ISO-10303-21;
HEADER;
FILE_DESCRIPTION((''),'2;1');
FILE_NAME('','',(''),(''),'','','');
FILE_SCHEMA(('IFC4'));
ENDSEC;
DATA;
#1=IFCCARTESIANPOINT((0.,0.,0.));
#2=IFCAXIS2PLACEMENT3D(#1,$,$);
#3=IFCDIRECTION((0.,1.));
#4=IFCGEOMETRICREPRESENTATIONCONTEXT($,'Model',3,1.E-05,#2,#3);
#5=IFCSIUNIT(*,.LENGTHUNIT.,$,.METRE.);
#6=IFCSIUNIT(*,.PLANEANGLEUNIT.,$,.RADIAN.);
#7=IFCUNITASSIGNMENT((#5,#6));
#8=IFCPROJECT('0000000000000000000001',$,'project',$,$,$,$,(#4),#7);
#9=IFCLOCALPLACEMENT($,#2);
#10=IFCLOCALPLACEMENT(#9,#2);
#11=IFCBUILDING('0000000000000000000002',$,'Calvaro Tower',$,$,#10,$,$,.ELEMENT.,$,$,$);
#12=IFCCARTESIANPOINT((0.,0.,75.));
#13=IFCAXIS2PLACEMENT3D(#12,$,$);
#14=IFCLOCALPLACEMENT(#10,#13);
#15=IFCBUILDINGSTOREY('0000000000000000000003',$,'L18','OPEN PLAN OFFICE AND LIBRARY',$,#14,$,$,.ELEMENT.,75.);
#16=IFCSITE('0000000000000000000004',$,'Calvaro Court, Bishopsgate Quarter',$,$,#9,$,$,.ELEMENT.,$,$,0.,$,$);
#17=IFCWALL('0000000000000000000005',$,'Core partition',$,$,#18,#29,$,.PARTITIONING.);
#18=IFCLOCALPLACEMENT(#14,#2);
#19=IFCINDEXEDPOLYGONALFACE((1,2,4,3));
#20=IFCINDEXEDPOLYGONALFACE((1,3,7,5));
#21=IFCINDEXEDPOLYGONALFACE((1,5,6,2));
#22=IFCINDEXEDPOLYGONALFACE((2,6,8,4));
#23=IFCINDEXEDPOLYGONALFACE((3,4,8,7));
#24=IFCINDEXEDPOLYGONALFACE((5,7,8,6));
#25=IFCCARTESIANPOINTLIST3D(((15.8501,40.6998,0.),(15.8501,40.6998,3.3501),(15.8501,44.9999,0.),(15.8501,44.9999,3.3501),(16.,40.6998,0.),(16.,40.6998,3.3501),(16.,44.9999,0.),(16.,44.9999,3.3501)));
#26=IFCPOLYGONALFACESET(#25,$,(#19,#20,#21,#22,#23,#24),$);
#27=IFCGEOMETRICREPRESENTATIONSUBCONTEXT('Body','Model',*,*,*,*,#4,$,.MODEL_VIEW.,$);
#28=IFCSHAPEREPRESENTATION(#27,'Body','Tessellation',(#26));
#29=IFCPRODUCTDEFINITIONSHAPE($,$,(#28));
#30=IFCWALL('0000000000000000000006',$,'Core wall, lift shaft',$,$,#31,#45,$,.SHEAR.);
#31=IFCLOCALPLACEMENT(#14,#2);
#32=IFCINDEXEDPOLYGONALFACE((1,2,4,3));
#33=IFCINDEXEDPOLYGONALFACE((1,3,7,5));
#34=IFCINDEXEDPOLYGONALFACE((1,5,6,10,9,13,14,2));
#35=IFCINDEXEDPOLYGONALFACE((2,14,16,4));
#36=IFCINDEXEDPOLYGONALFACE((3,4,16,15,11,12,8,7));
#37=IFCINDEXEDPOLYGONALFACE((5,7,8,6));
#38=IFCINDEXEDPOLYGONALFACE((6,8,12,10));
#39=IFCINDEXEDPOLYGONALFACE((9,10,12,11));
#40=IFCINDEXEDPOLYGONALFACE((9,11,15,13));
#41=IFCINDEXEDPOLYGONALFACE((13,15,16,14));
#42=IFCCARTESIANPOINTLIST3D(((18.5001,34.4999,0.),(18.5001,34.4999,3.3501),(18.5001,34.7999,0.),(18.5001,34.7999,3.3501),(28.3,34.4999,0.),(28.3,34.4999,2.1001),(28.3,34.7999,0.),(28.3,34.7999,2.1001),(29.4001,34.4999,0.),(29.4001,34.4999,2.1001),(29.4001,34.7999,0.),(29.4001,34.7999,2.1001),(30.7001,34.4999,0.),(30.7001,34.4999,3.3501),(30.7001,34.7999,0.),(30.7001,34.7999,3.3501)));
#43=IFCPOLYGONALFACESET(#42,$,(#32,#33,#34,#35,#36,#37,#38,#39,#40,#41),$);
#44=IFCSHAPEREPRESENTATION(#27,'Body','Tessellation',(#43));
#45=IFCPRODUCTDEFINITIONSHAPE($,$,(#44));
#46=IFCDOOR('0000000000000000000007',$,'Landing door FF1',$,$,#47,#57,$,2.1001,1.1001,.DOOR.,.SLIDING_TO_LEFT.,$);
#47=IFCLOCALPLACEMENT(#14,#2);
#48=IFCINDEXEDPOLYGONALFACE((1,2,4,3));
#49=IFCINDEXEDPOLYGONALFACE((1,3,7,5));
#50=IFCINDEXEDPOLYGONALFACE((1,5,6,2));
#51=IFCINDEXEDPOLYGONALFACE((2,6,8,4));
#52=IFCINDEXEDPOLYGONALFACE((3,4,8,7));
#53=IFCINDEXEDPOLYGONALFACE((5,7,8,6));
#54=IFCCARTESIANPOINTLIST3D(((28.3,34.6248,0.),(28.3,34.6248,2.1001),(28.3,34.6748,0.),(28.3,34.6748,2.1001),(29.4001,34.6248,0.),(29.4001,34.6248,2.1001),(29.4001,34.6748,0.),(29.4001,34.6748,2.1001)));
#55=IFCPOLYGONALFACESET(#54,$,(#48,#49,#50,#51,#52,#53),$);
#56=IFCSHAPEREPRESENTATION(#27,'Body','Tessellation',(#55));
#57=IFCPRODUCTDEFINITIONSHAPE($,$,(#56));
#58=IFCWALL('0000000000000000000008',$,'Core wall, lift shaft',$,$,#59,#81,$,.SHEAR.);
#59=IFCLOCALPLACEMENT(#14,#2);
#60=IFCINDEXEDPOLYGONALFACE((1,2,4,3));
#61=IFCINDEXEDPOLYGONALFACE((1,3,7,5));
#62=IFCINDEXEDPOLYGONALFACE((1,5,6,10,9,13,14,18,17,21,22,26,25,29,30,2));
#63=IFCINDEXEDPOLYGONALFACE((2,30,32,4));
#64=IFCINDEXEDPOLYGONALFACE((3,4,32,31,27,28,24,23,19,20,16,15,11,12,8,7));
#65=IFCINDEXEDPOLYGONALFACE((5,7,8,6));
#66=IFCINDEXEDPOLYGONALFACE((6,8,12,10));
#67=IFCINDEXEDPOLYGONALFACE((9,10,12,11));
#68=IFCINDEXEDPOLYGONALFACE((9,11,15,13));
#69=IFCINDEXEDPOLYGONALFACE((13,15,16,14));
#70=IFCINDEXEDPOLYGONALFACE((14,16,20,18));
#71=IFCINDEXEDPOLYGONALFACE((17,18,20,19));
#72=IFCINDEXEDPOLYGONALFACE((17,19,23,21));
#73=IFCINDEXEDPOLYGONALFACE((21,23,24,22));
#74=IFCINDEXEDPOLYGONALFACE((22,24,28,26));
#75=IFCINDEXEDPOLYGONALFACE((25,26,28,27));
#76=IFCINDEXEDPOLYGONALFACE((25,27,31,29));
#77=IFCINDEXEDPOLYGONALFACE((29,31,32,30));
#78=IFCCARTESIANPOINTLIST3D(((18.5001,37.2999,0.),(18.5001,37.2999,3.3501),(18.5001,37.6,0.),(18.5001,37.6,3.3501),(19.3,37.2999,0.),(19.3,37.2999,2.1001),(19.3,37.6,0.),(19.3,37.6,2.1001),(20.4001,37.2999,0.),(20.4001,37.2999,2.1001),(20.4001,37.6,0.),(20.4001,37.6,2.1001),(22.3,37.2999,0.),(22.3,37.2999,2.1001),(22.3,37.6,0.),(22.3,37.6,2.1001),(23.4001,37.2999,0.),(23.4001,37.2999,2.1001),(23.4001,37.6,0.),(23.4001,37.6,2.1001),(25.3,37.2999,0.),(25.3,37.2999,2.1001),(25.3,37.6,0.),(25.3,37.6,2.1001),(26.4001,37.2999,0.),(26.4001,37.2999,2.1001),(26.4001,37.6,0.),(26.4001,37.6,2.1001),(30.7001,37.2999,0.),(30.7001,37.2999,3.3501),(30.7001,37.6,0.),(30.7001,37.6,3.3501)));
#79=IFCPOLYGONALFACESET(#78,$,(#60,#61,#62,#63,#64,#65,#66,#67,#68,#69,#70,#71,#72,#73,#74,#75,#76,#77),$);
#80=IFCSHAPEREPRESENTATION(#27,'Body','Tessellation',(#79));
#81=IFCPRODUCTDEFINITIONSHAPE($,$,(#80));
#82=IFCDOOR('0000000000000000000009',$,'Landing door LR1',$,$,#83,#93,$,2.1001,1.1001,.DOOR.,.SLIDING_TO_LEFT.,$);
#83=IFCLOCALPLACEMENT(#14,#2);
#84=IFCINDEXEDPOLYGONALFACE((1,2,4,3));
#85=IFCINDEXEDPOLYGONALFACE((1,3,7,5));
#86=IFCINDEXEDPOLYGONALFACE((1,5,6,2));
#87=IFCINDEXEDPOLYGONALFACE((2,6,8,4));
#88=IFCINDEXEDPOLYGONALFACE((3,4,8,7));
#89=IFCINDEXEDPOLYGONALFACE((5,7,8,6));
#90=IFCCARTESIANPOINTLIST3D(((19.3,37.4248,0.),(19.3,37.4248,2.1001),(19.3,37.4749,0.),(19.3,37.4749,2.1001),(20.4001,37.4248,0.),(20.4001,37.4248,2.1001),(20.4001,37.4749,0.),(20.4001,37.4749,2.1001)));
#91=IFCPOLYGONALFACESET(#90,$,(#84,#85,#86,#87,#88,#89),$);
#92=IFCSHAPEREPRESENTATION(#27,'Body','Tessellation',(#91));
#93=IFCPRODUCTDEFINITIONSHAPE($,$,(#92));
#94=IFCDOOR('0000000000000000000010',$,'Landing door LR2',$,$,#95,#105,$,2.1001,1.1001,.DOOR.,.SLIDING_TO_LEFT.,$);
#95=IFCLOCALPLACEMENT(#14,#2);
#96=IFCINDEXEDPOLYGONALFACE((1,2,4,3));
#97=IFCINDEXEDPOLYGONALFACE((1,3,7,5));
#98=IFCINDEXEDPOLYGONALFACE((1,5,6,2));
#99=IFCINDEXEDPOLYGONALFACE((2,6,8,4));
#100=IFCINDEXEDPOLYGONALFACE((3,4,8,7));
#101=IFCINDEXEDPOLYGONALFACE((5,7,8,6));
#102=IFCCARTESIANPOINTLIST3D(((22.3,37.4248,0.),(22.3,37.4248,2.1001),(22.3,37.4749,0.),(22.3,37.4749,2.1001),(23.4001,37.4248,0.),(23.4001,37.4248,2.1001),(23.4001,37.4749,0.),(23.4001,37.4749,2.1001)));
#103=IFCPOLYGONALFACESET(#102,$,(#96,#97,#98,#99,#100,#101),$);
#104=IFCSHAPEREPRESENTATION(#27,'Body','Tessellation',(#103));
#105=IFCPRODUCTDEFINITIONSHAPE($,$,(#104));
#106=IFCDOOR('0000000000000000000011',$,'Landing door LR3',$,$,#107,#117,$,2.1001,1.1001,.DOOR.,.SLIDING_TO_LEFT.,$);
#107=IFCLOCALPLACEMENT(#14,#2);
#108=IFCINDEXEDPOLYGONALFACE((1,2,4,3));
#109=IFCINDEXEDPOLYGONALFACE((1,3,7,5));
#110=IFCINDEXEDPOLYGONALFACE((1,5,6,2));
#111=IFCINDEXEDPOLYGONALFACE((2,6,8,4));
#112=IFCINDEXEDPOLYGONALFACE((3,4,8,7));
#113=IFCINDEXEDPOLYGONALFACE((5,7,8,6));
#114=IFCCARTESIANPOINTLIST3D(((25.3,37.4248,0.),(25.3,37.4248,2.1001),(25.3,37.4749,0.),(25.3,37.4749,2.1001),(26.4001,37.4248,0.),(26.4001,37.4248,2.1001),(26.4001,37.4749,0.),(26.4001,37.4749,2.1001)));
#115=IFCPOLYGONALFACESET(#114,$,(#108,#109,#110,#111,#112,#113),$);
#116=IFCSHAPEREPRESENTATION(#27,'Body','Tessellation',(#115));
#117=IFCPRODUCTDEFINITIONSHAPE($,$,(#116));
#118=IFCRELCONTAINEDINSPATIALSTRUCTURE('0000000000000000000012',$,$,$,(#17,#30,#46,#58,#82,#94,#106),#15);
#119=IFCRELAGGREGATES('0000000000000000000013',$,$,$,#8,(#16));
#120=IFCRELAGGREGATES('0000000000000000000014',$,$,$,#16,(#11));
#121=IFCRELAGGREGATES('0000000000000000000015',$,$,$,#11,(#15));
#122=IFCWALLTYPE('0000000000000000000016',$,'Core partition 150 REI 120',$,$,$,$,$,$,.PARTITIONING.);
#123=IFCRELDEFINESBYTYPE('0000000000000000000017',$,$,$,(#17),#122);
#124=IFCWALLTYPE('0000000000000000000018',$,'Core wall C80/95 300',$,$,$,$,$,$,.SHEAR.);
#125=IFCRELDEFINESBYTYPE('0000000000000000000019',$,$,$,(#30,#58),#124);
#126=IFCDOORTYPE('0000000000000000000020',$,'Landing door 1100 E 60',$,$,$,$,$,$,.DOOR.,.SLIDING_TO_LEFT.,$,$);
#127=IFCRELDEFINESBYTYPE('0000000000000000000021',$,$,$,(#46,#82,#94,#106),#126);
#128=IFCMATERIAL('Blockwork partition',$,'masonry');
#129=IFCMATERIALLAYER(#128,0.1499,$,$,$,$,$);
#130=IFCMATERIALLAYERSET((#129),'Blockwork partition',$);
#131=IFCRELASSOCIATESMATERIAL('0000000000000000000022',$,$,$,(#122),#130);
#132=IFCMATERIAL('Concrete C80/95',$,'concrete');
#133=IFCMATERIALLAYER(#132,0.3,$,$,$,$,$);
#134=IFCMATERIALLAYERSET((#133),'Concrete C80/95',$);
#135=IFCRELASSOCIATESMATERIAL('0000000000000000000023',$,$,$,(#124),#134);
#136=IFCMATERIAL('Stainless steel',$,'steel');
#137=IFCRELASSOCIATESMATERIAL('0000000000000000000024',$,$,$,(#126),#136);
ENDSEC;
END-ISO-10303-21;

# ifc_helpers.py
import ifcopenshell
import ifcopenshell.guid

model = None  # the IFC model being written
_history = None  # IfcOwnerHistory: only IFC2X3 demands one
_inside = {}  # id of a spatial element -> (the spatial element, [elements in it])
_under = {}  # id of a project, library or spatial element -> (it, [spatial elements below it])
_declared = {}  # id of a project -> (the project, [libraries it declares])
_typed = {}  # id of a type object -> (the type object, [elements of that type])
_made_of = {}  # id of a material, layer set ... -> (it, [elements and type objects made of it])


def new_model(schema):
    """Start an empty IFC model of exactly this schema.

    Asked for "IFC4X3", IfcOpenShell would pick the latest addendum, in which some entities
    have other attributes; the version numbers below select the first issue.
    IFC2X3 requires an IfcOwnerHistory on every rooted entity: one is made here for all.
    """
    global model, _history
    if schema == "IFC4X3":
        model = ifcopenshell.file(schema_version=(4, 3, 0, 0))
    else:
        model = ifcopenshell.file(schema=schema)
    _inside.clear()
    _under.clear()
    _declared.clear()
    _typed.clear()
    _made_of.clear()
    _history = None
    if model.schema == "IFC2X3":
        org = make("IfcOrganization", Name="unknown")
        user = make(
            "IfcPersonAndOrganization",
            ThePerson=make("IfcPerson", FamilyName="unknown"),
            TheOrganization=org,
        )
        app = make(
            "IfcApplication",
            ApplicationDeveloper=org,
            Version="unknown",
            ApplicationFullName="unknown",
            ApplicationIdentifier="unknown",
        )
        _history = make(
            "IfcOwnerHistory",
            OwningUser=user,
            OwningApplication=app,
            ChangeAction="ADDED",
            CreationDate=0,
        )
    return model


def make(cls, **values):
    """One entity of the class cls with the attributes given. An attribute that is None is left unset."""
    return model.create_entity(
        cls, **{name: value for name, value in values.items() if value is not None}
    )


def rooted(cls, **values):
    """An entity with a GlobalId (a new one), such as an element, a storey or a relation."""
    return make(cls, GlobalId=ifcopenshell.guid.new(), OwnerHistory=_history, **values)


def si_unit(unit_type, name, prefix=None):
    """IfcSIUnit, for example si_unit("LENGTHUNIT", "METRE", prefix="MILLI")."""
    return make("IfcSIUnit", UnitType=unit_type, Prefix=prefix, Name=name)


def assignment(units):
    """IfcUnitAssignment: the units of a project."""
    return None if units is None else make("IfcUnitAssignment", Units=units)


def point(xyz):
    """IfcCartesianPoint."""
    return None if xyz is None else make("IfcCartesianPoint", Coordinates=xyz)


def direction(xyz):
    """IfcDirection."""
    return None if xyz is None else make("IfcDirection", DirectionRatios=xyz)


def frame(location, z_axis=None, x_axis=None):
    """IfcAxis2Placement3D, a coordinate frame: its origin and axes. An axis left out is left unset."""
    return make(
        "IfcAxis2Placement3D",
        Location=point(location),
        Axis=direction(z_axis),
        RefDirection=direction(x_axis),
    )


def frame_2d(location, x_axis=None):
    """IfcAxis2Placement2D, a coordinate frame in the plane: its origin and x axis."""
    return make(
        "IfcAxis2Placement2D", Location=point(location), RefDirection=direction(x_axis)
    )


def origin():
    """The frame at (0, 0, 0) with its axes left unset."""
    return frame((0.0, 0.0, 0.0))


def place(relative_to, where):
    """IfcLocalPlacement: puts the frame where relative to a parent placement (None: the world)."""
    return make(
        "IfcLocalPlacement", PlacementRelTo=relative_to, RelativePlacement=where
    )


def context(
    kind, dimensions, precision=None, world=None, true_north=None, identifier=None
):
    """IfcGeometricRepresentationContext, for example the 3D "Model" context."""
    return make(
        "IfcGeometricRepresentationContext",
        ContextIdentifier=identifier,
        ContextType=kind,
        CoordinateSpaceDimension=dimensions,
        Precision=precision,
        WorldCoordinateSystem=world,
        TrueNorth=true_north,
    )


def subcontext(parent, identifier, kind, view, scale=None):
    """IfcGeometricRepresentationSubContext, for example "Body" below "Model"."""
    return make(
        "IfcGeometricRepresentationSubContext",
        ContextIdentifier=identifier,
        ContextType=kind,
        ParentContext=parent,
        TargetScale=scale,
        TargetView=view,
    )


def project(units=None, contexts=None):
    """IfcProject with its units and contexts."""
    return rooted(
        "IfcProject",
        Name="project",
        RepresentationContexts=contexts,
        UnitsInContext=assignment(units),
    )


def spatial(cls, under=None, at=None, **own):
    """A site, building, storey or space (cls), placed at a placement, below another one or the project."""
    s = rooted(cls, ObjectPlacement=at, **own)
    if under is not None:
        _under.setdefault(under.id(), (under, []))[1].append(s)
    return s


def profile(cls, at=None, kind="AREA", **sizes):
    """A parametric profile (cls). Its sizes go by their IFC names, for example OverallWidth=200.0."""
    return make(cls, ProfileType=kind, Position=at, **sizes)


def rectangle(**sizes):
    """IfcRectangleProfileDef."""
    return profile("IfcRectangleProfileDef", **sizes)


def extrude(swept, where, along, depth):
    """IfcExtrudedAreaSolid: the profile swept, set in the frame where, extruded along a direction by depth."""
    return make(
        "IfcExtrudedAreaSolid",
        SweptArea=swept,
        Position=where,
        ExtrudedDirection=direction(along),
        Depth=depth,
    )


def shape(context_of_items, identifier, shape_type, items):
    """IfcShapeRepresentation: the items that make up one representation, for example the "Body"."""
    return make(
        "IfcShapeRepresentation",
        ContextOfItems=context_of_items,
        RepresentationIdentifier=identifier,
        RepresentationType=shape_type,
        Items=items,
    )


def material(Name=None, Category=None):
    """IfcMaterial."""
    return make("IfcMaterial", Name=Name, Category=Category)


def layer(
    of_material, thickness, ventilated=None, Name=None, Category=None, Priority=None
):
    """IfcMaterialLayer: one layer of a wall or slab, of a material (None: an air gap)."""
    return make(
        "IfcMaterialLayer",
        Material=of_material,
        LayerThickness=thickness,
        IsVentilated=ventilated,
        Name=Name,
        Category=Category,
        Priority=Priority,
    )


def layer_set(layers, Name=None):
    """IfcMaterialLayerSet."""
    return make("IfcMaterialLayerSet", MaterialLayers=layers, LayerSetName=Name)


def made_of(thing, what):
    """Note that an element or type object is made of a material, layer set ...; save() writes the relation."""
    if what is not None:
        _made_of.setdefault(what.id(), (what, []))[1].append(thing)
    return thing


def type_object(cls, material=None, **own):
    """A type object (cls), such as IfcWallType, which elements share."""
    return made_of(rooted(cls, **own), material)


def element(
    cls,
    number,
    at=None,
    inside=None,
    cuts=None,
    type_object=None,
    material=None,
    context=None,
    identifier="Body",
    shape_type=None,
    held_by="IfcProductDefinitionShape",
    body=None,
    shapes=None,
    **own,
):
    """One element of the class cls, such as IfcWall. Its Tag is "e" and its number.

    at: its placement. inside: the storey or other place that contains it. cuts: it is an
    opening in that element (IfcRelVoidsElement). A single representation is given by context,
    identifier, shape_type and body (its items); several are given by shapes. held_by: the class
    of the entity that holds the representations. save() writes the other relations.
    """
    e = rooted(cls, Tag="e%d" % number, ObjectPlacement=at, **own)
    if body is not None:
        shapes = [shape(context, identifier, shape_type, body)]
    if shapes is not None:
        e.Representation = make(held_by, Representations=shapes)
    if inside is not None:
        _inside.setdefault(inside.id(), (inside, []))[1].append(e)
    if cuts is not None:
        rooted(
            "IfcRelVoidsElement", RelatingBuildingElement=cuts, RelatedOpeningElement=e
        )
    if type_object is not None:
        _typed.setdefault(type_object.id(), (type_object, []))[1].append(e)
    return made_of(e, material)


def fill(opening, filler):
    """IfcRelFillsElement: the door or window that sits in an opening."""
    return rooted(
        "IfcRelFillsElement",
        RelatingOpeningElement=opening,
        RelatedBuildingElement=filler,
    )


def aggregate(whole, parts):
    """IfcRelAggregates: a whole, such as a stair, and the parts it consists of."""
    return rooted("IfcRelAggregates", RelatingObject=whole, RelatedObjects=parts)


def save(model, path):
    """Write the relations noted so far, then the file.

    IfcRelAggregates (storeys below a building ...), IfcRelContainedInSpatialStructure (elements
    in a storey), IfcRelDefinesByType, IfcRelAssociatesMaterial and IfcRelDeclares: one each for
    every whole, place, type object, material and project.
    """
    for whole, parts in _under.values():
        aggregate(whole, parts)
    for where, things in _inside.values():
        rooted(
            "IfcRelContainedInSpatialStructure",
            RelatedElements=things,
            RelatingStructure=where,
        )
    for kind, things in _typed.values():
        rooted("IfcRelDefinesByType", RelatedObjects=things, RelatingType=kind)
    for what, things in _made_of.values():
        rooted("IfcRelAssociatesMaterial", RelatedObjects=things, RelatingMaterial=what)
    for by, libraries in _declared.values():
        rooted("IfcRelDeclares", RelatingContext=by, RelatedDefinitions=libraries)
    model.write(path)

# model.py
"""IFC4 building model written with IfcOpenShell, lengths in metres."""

from ifc_helpers import new_model, si_unit, direction, frame, frame_2d, origin, place, context, subcontext, project, spatial, rectangle, extrude, material, layer, layer_set, type_object, element, fill, save


model = new_model("IFC4")

# Units and contexts
model_context = context("Model", 3, precision=1e-05, world=origin(), true_north=direction((0.0, 1.0)))
body_context = subcontext(model_context, "Body", "Model", "MODEL_VIEW")
ifc_project = project(units=[si_unit("LENGTHUNIT", "METRE"), si_unit("PLANEANGLEUNIT", "RADIAN")], contexts=[model_context])

# Site, building, storey
site_placement = place(None, origin())
site = spatial("IfcSite", under=ifc_project, at=site_placement, Name="Calvaro Court, Bishopsgate Quarter", CompositionType="ELEMENT", RefElevation=0.0)
building_placement = place(site_placement, origin())
building = spatial("IfcBuilding", under=site, at=building_placement, Name="Calvaro Tower", CompositionType="ELEMENT")
storey_placement = place(building_placement, frame((0.0, 0.0, 75.0)))
storey = spatial("IfcBuildingStorey", under=building, at=storey_placement, Name="L18", Description="OPEN PLAN OFFICE AND LIBRARY", CompositionType="ELEMENT", Elevation=75.0)

# Wall
ifc_material_1 = material(Name="Blockwork partition", Category="masonry")
ifc_layer_1 = layer(ifc_material_1, 0.1499)
ifc_layer_set_1 = layer_set([ifc_layer_1], Name="Blockwork partition")
wall_type_1 = type_object("IfcWallType", Name="Core partition 150 REI 120", PredefinedType="PARTITIONING", material=ifc_layer_set_1)
wall_1_placement = place(storey_placement, frame((15.925, 40.7, 0.0), z_axis=(0.0, 0.0, 1.0), x_axis=(0.0, 1.0, 0.0)))
element("IfcWall", 1, at=wall_1_placement, inside=storey, type_object=wall_type_1, Name="Core partition", PredefinedType="PARTITIONING", context=body_context, shape_type="SweptSolid", body=[
    extrude(rectangle(XDim=4.3, YDim=0.1499, at=frame_2d((2.1499, 0.0))), origin(), (0.0, 0.0, 1.0), 3.3501),
])

# Wall, opening, door
ifc_material_2 = material(Name="Concrete C80/95", Category="concrete")
ifc_layer_2 = layer(ifc_material_2, 0.3)
ifc_layer_set_2 = layer_set([ifc_layer_2], Name="Concrete C80/95")
wall_type_2 = type_object("IfcWallType", Name="Core wall C80/95 300", PredefinedType="SHEAR", material=ifc_layer_set_2)
wall_2_placement = place(storey_placement, frame((18.5, 34.6499, 0.0), z_axis=(0.0, 0.0, 1.0), x_axis=(1.0, 0.0, 0.0)))
wall_2 = element("IfcWall", 2, at=wall_2_placement, inside=storey, type_object=wall_type_2, Name="Core wall, lift shaft", PredefinedType="SHEAR", context=body_context, shape_type="SweptSolid", body=[
    extrude(rectangle(XDim=12.2, YDim=0.3, at=frame_2d((6.1001, 0.0))), origin(), (0.0, 0.0, 1.0), 3.3501),
])
opening_1_placement = place(wall_2_placement, frame((9.8, 0.0, 0.0)))
opening_1 = element("IfcOpeningElement", 3, at=opening_1_placement, cuts=wall_2, PredefinedType="OPENING", context=body_context, shape_type="SweptSolid", body=[
    extrude(rectangle(XDim=1.1001, YDim=2.1001, at=frame_2d((0.55, 1.05))), frame((0.0, 0.1599, 0.0), z_axis=(0.0, -1.0, 0.0), x_axis=(1.0, 0.0, 0.0)), (0.0, 0.0, 1.0), 0.3201),
])
ifc_material_3 = material(Name="Stainless steel", Category="steel")
door_type_1 = type_object("IfcDoorType", Name="Landing door 1100 E 60", OperationType="SLIDING_TO_LEFT", PredefinedType="DOOR", material=ifc_material_3)
door_1_placement = place(opening_1_placement, origin())
door_1 = element("IfcDoor", 4, at=door_1_placement, inside=storey, type_object=door_type_1, Name="Landing door FF1", OperationType="SLIDING_TO_LEFT", OverallHeight=2.1001, OverallWidth=1.1001, PredefinedType="DOOR", context=body_context, shape_type="SweptSolid", body=[
    extrude(rectangle(XDim=1.1001, YDim=2.1001, at=frame_2d((0.55, 1.05))), frame((0.0, 0.0249, 0.0), z_axis=(0.0, -1.0, 0.0), x_axis=(1.0, 0.0, 0.0)), (0.0, 0.0, 1.0), 0.05),
])
fill(opening_1, door_1)

# Wall, openings, doors
wall_3_placement = place(storey_placement, frame((18.5, 37.45, 0.0), z_axis=(0.0, 0.0, 1.0), x_axis=(1.0, 0.0, 0.0)))
wall_3 = element("IfcWall", 5, at=wall_3_placement, inside=storey, type_object=wall_type_2, Name="Core wall, lift shaft", PredefinedType="SHEAR", context=body_context, shape_type="SweptSolid", body=[
    extrude(rectangle(XDim=12.2, YDim=0.3, at=frame_2d((6.1001, 0.0))), origin(), (0.0, 0.0, 1.0), 3.3501),
])
opening_2_placement = place(wall_3_placement, frame((0.8, 0.0, 0.0)))
opening_2 = element("IfcOpeningElement", 6, at=opening_2_placement, cuts=wall_3, PredefinedType="OPENING", context=body_context, shape_type="SweptSolid", body=[
    extrude(rectangle(XDim=1.1001, YDim=2.1001, at=frame_2d((0.55, 1.05))), frame((0.0, 0.1599, 0.0), z_axis=(0.0, -1.0, 0.0), x_axis=(1.0, 0.0, 0.0)), (0.0, 0.0, 1.0), 0.3201),
])
opening_3_placement = place(wall_3_placement, frame((3.8, 0.0, 0.0)))
opening_3 = element("IfcOpeningElement", 7, at=opening_3_placement, cuts=wall_3, PredefinedType="OPENING", context=body_context, shape_type="SweptSolid", body=[
    extrude(rectangle(XDim=1.1001, YDim=2.1001, at=frame_2d((0.55, 1.05))), frame((0.0, 0.1599, 0.0), z_axis=(0.0, -1.0, 0.0), x_axis=(1.0, 0.0, 0.0)), (0.0, 0.0, 1.0), 0.3201),
])
opening_4_placement = place(wall_3_placement, frame((6.8, 0.0, 0.0)))
opening_4 = element("IfcOpeningElement", 8, at=opening_4_placement, cuts=wall_3, PredefinedType="OPENING", context=body_context, shape_type="SweptSolid", body=[
    extrude(rectangle(XDim=1.1001, YDim=2.1001, at=frame_2d((0.55, 1.05))), frame((0.0, 0.1599, 0.0), z_axis=(0.0, -1.0, 0.0), x_axis=(1.0, 0.0, 0.0)), (0.0, 0.0, 1.0), 0.3201),
])
door_2_placement = place(opening_2_placement, origin())
door_2 = element("IfcDoor", 9, at=door_2_placement, inside=storey, type_object=door_type_1, Name="Landing door LR1", OperationType="SLIDING_TO_LEFT", OverallHeight=2.1001, OverallWidth=1.1001, PredefinedType="DOOR", context=body_context, shape_type="SweptSolid", body=[
    extrude(rectangle(XDim=1.1001, YDim=2.1001, at=frame_2d((0.55, 1.05))), frame((0.0, 0.0249, 0.0), z_axis=(0.0, -1.0, 0.0), x_axis=(1.0, 0.0, 0.0)), (0.0, 0.0, 1.0), 0.05),
])
fill(opening_2, door_2)
door_3_placement = place(opening_3_placement, origin())
door_3 = element("IfcDoor", 10, at=door_3_placement, inside=storey, type_object=door_type_1, Name="Landing door LR2", OperationType="SLIDING_TO_LEFT", OverallHeight=2.1001, OverallWidth=1.1001, PredefinedType="DOOR", context=body_context, shape_type="SweptSolid", body=[
    extrude(rectangle(XDim=1.1001, YDim=2.1001, at=frame_2d((0.55, 1.05))), frame((0.0, 0.0249, 0.0), z_axis=(0.0, -1.0, 0.0), x_axis=(1.0, 0.0, 0.0)), (0.0, 0.0, 1.0), 0.05),
])
fill(opening_3, door_3)
door_4_placement = place(opening_4_placement, origin())
door_4 = element("IfcDoor", 11, at=door_4_placement, inside=storey, type_object=door_type_1, Name="Landing door LR3", OperationType="SLIDING_TO_LEFT", OverallHeight=2.1001, OverallWidth=1.1001, PredefinedType="DOOR", context=body_context, shape_type="SweptSolid", body=[
    extrude(rectangle(XDim=1.1001, YDim=2.1001, at=frame_2d((0.55, 1.05))), frame((0.0, 0.0249, 0.0), z_axis=(0.0, -1.0, 0.0), x_axis=(1.0, 0.0, 0.0)), (0.0, 0.0, 1.0), 0.05),
])
fill(opening_4, door_4)

save(model, "model.ifc")
